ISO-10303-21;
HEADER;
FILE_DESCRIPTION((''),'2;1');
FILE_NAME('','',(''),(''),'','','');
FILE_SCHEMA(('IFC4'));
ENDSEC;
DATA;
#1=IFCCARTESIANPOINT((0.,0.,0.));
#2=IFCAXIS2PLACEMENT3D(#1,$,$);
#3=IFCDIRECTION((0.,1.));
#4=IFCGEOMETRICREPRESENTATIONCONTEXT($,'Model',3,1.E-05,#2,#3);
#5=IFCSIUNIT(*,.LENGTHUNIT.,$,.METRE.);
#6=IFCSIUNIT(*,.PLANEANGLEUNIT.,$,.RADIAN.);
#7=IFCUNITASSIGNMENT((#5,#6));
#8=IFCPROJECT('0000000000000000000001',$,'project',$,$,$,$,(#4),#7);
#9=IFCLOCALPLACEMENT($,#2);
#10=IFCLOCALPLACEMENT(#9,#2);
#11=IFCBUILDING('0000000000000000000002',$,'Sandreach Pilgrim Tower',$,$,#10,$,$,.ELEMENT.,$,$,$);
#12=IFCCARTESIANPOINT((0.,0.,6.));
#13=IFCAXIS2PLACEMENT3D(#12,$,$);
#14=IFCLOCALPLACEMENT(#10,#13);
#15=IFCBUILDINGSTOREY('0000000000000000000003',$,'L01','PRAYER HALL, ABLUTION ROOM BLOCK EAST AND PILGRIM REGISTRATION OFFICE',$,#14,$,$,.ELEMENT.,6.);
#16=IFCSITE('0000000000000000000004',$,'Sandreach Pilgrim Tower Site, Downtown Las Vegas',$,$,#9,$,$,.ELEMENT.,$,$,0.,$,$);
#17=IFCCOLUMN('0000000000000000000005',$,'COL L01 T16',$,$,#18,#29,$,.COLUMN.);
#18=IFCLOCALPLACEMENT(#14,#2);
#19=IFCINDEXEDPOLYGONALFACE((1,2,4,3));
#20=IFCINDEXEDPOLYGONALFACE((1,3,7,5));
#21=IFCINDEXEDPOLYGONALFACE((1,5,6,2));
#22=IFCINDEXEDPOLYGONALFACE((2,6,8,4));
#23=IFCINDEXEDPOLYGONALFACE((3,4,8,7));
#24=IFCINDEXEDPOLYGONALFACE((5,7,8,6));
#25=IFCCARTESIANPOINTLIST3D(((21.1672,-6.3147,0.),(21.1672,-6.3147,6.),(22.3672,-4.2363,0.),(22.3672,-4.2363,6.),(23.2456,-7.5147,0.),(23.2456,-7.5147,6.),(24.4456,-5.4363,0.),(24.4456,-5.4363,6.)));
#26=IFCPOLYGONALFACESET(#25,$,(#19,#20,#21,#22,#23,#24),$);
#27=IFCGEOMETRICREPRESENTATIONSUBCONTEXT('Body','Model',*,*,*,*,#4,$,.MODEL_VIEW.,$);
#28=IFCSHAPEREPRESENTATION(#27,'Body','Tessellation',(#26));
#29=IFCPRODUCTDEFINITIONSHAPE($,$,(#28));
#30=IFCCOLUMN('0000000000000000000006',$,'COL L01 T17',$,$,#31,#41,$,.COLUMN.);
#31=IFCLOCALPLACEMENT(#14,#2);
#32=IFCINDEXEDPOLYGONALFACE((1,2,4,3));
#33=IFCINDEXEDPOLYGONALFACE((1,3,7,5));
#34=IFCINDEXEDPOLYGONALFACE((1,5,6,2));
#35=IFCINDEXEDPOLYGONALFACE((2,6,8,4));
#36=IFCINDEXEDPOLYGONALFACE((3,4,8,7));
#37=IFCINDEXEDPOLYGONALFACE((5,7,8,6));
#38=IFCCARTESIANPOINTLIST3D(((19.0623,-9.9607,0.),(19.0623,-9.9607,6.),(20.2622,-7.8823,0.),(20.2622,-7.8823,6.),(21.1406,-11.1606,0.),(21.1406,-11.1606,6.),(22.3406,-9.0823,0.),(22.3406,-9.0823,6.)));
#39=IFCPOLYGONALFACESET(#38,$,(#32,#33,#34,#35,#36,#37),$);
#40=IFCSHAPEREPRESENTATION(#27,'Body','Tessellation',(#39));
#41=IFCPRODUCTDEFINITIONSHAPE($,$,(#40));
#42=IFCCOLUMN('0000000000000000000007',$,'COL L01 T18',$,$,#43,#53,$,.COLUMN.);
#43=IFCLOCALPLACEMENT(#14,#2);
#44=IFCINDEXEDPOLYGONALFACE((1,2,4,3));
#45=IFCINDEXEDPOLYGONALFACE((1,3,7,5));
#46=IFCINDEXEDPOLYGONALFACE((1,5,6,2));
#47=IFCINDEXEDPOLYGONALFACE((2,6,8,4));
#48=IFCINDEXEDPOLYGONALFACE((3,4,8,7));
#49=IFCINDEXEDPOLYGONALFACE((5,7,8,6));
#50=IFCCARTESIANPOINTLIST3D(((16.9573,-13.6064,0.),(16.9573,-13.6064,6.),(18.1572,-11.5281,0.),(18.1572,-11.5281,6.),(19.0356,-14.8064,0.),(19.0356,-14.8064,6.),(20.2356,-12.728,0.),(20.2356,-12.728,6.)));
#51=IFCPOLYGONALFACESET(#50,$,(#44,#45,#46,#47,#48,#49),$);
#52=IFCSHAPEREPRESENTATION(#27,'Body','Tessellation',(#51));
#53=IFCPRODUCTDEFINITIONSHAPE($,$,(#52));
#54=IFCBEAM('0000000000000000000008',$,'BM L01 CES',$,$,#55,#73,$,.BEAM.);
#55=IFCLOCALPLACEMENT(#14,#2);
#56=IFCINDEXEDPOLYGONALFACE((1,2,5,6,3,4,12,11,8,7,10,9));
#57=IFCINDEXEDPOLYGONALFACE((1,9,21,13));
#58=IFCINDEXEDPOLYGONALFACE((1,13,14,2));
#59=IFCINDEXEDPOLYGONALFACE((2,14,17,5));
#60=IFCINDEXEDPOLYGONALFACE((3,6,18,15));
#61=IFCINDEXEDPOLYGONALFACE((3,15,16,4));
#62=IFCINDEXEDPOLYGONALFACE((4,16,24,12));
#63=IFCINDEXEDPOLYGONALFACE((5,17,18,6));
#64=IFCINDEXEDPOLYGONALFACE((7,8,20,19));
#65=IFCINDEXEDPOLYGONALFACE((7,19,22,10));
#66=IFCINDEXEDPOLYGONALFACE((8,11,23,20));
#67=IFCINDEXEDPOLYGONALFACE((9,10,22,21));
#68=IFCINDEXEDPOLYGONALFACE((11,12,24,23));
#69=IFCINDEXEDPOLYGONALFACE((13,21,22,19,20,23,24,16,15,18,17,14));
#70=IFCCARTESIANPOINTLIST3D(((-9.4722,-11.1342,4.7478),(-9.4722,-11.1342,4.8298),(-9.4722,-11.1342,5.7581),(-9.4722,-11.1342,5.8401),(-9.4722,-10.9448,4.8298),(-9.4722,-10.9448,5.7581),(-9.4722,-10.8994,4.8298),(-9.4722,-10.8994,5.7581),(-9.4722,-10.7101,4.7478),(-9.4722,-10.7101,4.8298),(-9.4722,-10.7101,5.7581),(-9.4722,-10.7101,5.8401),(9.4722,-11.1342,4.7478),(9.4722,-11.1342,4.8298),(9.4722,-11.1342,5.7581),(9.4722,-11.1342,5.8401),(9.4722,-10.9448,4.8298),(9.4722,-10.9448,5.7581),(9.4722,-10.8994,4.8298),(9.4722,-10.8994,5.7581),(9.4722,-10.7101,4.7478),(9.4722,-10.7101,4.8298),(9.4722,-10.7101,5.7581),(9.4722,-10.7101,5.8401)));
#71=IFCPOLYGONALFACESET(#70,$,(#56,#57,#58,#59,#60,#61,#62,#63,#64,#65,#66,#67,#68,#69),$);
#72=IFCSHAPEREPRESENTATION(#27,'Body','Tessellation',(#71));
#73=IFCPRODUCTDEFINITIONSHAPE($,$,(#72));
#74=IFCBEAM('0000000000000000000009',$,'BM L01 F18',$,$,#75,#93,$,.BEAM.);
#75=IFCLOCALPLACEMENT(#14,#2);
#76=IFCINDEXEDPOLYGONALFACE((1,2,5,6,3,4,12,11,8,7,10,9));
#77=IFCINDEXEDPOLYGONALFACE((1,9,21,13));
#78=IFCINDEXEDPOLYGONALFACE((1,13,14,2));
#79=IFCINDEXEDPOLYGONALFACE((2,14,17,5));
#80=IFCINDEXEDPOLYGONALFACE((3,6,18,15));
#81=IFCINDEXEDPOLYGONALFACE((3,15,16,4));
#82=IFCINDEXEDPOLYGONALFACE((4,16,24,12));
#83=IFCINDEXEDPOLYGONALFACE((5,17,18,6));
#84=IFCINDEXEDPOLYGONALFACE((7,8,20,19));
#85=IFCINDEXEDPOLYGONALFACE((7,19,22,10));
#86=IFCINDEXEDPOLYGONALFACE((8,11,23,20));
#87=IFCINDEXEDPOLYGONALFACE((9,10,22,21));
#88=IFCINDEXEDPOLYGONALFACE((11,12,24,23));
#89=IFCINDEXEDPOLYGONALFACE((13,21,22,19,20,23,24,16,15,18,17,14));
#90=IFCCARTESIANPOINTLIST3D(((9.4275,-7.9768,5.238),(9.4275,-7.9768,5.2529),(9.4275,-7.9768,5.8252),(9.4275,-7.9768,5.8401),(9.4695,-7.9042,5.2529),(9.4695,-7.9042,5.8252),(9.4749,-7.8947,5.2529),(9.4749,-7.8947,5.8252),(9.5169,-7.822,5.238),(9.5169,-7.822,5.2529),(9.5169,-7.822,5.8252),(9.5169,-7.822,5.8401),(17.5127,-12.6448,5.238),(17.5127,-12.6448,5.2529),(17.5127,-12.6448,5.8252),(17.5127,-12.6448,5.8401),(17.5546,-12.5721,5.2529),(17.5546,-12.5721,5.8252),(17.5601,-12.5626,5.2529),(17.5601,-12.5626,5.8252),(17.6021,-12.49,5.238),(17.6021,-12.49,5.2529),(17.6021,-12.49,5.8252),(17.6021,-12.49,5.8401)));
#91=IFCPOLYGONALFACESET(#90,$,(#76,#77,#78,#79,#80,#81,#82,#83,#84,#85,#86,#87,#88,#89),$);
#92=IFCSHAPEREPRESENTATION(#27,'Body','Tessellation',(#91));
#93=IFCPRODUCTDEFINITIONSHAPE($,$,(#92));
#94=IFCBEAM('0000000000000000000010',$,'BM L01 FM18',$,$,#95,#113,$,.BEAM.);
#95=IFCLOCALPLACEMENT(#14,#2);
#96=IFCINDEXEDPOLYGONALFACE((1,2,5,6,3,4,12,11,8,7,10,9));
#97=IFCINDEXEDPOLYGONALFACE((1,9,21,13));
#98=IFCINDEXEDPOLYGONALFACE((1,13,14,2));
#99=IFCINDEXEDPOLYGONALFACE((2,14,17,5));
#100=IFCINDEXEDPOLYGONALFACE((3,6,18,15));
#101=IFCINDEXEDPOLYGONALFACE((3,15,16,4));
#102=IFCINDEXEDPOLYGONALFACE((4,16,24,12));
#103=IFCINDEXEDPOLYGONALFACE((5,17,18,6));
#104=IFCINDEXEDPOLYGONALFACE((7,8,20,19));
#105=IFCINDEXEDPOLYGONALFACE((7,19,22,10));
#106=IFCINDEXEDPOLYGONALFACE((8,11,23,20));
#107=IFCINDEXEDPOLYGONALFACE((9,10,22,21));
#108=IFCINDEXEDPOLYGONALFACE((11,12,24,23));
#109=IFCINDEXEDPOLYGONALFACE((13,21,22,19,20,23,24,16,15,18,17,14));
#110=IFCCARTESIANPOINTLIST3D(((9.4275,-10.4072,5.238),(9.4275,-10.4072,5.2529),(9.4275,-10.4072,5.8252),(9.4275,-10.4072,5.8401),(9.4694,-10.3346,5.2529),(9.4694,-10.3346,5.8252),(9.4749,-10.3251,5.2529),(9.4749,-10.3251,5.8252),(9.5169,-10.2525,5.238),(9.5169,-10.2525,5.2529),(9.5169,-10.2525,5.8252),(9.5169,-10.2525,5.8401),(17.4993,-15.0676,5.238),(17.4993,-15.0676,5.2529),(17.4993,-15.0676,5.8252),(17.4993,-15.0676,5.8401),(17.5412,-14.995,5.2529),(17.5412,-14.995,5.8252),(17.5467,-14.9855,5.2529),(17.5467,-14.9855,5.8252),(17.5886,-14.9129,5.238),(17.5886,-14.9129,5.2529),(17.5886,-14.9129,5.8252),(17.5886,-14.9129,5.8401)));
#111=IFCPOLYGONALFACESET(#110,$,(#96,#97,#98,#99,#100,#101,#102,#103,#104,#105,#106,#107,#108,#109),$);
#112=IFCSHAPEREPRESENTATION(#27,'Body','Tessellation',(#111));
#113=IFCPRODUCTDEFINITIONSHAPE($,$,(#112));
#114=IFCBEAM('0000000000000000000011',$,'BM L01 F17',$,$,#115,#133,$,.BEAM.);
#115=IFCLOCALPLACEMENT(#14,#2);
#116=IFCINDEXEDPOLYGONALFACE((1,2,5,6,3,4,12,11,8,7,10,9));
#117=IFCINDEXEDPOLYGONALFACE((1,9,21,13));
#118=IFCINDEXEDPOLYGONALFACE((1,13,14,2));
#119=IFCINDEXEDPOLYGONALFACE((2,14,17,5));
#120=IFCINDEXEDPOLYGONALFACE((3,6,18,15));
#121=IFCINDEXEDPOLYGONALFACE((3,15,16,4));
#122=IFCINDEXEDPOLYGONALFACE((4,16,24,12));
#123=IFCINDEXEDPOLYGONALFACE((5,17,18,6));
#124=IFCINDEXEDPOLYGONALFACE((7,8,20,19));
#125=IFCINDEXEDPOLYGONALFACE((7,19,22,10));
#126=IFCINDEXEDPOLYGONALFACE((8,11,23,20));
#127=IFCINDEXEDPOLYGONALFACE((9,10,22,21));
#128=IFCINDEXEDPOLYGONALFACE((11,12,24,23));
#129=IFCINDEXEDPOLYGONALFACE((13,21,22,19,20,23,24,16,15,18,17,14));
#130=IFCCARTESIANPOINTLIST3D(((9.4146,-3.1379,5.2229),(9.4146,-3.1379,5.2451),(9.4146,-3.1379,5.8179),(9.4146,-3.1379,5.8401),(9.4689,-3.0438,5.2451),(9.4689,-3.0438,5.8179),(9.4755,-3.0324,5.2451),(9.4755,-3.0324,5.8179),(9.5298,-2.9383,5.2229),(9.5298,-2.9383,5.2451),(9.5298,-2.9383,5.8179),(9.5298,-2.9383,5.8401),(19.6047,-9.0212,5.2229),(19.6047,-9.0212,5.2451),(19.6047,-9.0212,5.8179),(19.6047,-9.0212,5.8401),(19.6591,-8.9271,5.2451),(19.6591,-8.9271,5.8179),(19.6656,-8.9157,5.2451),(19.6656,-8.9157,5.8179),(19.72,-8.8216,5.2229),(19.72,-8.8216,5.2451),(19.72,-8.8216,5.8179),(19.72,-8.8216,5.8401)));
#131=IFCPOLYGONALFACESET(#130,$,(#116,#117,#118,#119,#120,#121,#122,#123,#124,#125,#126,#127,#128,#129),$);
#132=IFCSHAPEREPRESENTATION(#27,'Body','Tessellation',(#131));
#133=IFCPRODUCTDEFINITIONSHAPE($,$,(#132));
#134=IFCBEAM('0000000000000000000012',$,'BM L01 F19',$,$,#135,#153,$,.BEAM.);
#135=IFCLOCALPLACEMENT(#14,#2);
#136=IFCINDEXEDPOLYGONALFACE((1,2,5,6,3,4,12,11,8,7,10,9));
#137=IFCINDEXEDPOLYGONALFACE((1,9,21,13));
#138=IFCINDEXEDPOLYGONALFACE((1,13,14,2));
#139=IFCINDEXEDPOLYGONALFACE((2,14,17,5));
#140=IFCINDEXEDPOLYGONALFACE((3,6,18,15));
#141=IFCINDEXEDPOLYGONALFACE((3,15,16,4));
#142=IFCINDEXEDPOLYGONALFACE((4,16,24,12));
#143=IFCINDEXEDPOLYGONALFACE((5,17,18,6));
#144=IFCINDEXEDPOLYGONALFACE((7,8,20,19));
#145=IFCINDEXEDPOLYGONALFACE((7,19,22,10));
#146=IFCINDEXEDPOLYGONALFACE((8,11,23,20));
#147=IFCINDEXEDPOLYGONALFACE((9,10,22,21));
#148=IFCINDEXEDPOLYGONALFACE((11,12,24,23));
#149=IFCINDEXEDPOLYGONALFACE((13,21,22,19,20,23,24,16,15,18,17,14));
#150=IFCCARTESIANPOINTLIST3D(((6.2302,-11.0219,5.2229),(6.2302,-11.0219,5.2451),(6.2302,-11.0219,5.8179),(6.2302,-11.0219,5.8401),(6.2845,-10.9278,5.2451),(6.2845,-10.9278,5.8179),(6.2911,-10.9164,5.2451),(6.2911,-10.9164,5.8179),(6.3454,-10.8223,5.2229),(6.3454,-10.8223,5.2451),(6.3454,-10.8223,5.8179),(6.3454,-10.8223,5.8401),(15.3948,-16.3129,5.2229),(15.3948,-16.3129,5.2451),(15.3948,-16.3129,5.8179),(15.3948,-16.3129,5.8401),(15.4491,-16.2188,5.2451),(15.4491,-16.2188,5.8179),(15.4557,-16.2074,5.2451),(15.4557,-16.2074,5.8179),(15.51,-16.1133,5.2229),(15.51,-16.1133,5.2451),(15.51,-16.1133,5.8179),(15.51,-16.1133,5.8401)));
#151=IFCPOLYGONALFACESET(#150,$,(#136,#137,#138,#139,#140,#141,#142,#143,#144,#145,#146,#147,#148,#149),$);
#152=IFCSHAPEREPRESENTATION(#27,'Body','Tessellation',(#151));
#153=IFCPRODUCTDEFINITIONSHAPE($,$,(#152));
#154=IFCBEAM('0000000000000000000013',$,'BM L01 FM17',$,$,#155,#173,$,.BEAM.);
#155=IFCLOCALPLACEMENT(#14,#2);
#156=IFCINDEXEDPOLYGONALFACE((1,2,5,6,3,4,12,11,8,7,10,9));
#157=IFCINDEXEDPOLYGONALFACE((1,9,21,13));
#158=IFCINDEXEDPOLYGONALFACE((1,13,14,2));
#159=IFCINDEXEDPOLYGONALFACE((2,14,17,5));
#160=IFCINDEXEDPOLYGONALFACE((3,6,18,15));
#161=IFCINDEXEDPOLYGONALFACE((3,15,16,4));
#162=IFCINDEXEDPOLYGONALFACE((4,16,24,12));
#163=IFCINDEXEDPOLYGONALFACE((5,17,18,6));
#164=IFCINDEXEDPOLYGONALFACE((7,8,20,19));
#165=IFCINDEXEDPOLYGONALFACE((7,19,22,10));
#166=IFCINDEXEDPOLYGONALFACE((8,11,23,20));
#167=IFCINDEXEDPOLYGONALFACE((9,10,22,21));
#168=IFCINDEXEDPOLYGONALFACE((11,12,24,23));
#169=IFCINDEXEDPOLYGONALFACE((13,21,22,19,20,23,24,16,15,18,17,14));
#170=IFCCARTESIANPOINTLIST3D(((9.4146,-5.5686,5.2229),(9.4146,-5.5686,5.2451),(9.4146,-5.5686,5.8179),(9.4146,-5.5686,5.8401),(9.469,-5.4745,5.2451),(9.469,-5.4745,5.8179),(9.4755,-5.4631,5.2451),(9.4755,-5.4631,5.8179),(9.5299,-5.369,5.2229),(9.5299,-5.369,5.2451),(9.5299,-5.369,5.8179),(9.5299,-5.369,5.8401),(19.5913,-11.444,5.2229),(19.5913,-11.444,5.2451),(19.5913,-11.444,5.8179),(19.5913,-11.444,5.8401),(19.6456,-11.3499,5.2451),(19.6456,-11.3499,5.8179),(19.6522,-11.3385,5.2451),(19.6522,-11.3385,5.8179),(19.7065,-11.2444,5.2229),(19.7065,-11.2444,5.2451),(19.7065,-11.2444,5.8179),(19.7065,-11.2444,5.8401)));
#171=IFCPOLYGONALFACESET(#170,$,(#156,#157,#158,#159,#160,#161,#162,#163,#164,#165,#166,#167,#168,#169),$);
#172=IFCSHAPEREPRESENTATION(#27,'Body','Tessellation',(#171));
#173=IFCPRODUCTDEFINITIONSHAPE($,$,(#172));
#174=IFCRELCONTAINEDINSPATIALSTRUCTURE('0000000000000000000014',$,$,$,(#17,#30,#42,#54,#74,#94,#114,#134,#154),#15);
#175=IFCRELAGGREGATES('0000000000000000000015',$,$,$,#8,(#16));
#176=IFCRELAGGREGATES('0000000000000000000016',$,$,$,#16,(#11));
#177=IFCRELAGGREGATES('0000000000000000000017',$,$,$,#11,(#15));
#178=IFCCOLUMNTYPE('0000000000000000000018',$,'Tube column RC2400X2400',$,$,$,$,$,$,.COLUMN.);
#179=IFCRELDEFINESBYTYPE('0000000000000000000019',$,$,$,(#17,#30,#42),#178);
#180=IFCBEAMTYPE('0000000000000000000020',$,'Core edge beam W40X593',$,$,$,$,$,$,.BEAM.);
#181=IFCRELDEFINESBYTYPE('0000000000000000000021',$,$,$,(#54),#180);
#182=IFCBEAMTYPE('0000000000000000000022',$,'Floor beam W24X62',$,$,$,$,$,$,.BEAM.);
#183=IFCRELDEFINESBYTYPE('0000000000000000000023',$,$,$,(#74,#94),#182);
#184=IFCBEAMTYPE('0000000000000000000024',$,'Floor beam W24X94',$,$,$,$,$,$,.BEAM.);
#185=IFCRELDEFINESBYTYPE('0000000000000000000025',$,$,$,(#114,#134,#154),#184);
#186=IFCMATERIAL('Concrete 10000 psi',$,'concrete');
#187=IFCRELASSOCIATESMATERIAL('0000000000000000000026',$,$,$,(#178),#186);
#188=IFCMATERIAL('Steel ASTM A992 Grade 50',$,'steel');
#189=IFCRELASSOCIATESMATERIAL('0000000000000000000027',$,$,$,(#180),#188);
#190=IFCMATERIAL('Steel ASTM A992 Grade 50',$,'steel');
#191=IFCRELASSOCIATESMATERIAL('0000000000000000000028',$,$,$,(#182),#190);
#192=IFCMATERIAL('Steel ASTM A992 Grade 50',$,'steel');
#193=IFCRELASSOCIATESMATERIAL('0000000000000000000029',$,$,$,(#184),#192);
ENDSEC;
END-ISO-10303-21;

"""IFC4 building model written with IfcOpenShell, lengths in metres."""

from ifc_helpers import new_model, si_unit, direction, frame, origin, origin_2d, place, context, subcontext, project, spatial, rectangle, i_section, extrude, material, material_profile, profile_set, type_object, element, save


model = new_model("IFC4")

# Units and contexts
model_context = context("Model", 3, precision=1e-05, world=origin(), true_north=direction((0.0, 1.0)))
body_context = subcontext(model_context, "Body", "Model", "MODEL_VIEW")
ifc_project = project(units=[si_unit("LENGTHUNIT", "METRE"), si_unit("PLANEANGLEUNIT", "RADIAN")], contexts=[model_context])

# Site, building, storey
site_placement = place(None, origin())
site = spatial("IfcSite", under=ifc_project, at=site_placement, Name="Sandreach Pilgrim Tower Site, Downtown Las Vegas", CompositionType="ELEMENT", RefElevation=0.0)
building_placement = place(site_placement, origin())
building = spatial("IfcBuilding", under=site, at=building_placement, Name="Sandreach Pilgrim Tower", CompositionType="ELEMENT")
storey_placement = place(building_placement, frame((0.0, 0.0, 6.0)))
storey = spatial("IfcBuildingStorey", under=building, at=storey_placement, Name="L01", Description="PRAYER HALL, ABLUTION ROOM BLOCK EAST AND PILGRIM REGISTRATION OFFICE", CompositionType="ELEMENT", Elevation=6.0)

# Columns
ifc_material_1 = material(Name="Concrete 10000 psi", Category="concrete")
ifc_material_profile_1 = material_profile(ifc_material_1, rectangle(XDim=2.3999, YDim=2.3999, at=origin_2d()), Name="RC2400X2400")
ifc_profile_set_1 = profile_set([ifc_material_profile_1], Name="Concrete 10000 psi")
column_type = type_object("IfcColumnType", Name="Tube column RC2400X2400", PredefinedType="COLUMN", material=ifc_profile_set_1)
for number, where, z_axis, x_axis, name in (
    (1, (22.8064, -5.8755, 0.0), (0.0, 0.0, 1.0), (0.866025, -0.5, 0.0), "COL L01 T16"),
    (2, (20.7014, -9.5215, 0.0), (0.0, 0.0, 1.0), (0.866025, -0.5, 0.0), "COL L01 T17"),
    (3, (18.5964, -13.1672, 0.0), (0.0, 0.0, 1.0), (0.866025, -0.5, 0.0), "COL L01 T18"),
):
    element("IfcColumn", number, at=place(storey_placement, frame(where, z_axis=z_axis, x_axis=x_axis)), inside=storey, type_object=column_type, Name=name, PredefinedType="COLUMN", context=body_context, shape_type="SweptSolid", body=[
        extrude(rectangle(XDim=2.3999, YDim=2.3999, at=origin_2d()), origin(), (0.0, 0.0, 1.0), 6.0),
    ])

# Beams
ifc_material_2 = material(Name="Steel ASTM A992 Grade 50", Category="steel")
ifc_material_profile_2 = material_profile(ifc_material_2, i_section(OverallWidth=0.4241, OverallDepth=1.0923, WebThickness=0.0454, FlangeThickness=0.082, at=origin_2d()), Name="W40X593")
ifc_profile_set_2 = profile_set([ifc_material_profile_2], Name="Steel ASTM A992 Grade 50")
beam_type_1 = type_object("IfcBeamType", Name="Core edge beam W40X593", PredefinedType="BEAM", material=ifc_profile_set_2)
beam_1_placement = place(storey_placement, frame((9.4722, -10.9221, 5.2939), z_axis=(-1.0, 0.0, 0.0), x_axis=(0.0, -1.0, 0.0)))
element("IfcBeam", 4, at=beam_1_placement, inside=storey, type_object=beam_type_1, Name="BM L01 CES", PredefinedType="BEAM", context=body_context, shape_type="SweptSolid", body=[
    extrude(i_section(OverallWidth=0.4241, OverallDepth=1.0923, WebThickness=0.0454, FlangeThickness=0.082, at=origin_2d()), origin(), (0.0, 0.0, 1.0), 18.9443),
])
ifc_material_3 = material(Name="Steel ASTM A992 Grade 50", Category="steel")
ifc_material_profile_3 = material_profile(ifc_material_3, i_section(OverallWidth=0.1787, OverallDepth=0.6021, WebThickness=0.011, FlangeThickness=0.0149, at=origin_2d()), Name="W24X62")
ifc_profile_set_3 = profile_set([ifc_material_profile_3], Name="Steel ASTM A992 Grade 50")
beam_type_2 = type_object("IfcBeamType", Name="Floor beam W24X62", PredefinedType="BEAM", material=ifc_profile_set_3)
beam_2_placement = place(storey_placement, frame((17.5574, -12.5674, 5.5391), z_axis=(-0.866027, 0.499998, 0.0), x_axis=(-0.499998, -0.866027, 0.0)))
element("IfcBeam", 5, at=beam_2_placement, inside=storey, type_object=beam_type_2, Name="BM L01 F18", PredefinedType="BEAM", context=body_context, shape_type="SweptSolid", body=[
    extrude(i_section(OverallWidth=0.1787, OverallDepth=0.6021, WebThickness=0.011, FlangeThickness=0.0149, at=origin_2d()), origin(), (0.0, 0.0, 1.0), 9.3359),
])
beam_3_placement = place(storey_placement, frame((17.5439, -14.9902, 5.5391), z_axis=(-0.866018, 0.500013, 0.0), x_axis=(-0.500013, -0.866018, 0.0)))
element("IfcBeam", 6, at=beam_3_placement, inside=storey, type_object=beam_type_2, Name="BM L01 FM18", PredefinedType="BEAM", context=body_context, shape_type="SweptSolid", body=[
    extrude(i_section(OverallWidth=0.1787, OverallDepth=0.6021, WebThickness=0.011, FlangeThickness=0.0149, at=origin_2d()), origin(), (0.0, 0.0, 1.0), 9.3206),
])
ifc_material_4 = material(Name="Steel ASTM A992 Grade 50", Category="steel")
ifc_material_profile_4 = material_profile(ifc_material_4, i_section(OverallWidth=0.2305, OverallDepth=0.6172, WebThickness=0.0132, FlangeThickness=0.0222, at=origin_2d()), Name="W24X94")
ifc_profile_set_4 = profile_set([ifc_material_profile_4], Name="Steel ASTM A992 Grade 50")
beam_type_3 = type_object("IfcBeamType", Name="Floor beam W24X94", PredefinedType="BEAM", material=ifc_profile_set_4)
beam_4_placement = place(storey_placement, frame((19.6624, -8.9214, 5.5315), z_axis=(-0.866026, 0.5, 0.0), x_axis=(-0.5, -0.866026, 0.0)))
element("IfcBeam", 7, at=beam_4_placement, inside=storey, type_object=beam_type_3, Name="BM L01 F17", PredefinedType="BEAM", context=body_context, shape_type="SweptSolid", body=[
    extrude(i_section(OverallWidth=0.2305, OverallDepth=0.6172, WebThickness=0.0132, FlangeThickness=0.0222, at=origin_2d()), origin(), (0.0, 0.0, 1.0), 11.7666),
])
beam_5_placement = place(storey_placement, frame((15.4524, -16.2131, 5.5315), z_axis=(-0.866031, 0.49999, 0.0), x_axis=(-0.49999, -0.866031, 0.0)))
element("IfcBeam", 8, at=beam_5_placement, inside=storey, type_object=beam_type_3, Name="BM L01 F19", PredefinedType="BEAM", context=body_context, shape_type="SweptSolid", body=[
    extrude(i_section(OverallWidth=0.2305, OverallDepth=0.6172, WebThickness=0.0132, FlangeThickness=0.0222, at=origin_2d()), origin(), (0.0, 0.0, 1.0), 10.5823),
])
beam_6_placement = place(storey_placement, frame((19.6489, -11.3442, 5.5315), z_axis=(-0.866028, 0.499996, 0.0), x_axis=(-0.499996, -0.866028, 0.0)))
element("IfcBeam", 9, at=beam_6_placement, inside=storey, type_object=beam_type_3, Name="BM L01 FM17", PredefinedType="BEAM", context=body_context, shape_type="SweptSolid", body=[
    extrude(i_section(OverallWidth=0.2305, OverallDepth=0.6172, WebThickness=0.0132, FlangeThickness=0.0222, at=origin_2d()), origin(), (0.0, 0.0, 1.0), 11.751),
])

save(model, "model.ifc")
